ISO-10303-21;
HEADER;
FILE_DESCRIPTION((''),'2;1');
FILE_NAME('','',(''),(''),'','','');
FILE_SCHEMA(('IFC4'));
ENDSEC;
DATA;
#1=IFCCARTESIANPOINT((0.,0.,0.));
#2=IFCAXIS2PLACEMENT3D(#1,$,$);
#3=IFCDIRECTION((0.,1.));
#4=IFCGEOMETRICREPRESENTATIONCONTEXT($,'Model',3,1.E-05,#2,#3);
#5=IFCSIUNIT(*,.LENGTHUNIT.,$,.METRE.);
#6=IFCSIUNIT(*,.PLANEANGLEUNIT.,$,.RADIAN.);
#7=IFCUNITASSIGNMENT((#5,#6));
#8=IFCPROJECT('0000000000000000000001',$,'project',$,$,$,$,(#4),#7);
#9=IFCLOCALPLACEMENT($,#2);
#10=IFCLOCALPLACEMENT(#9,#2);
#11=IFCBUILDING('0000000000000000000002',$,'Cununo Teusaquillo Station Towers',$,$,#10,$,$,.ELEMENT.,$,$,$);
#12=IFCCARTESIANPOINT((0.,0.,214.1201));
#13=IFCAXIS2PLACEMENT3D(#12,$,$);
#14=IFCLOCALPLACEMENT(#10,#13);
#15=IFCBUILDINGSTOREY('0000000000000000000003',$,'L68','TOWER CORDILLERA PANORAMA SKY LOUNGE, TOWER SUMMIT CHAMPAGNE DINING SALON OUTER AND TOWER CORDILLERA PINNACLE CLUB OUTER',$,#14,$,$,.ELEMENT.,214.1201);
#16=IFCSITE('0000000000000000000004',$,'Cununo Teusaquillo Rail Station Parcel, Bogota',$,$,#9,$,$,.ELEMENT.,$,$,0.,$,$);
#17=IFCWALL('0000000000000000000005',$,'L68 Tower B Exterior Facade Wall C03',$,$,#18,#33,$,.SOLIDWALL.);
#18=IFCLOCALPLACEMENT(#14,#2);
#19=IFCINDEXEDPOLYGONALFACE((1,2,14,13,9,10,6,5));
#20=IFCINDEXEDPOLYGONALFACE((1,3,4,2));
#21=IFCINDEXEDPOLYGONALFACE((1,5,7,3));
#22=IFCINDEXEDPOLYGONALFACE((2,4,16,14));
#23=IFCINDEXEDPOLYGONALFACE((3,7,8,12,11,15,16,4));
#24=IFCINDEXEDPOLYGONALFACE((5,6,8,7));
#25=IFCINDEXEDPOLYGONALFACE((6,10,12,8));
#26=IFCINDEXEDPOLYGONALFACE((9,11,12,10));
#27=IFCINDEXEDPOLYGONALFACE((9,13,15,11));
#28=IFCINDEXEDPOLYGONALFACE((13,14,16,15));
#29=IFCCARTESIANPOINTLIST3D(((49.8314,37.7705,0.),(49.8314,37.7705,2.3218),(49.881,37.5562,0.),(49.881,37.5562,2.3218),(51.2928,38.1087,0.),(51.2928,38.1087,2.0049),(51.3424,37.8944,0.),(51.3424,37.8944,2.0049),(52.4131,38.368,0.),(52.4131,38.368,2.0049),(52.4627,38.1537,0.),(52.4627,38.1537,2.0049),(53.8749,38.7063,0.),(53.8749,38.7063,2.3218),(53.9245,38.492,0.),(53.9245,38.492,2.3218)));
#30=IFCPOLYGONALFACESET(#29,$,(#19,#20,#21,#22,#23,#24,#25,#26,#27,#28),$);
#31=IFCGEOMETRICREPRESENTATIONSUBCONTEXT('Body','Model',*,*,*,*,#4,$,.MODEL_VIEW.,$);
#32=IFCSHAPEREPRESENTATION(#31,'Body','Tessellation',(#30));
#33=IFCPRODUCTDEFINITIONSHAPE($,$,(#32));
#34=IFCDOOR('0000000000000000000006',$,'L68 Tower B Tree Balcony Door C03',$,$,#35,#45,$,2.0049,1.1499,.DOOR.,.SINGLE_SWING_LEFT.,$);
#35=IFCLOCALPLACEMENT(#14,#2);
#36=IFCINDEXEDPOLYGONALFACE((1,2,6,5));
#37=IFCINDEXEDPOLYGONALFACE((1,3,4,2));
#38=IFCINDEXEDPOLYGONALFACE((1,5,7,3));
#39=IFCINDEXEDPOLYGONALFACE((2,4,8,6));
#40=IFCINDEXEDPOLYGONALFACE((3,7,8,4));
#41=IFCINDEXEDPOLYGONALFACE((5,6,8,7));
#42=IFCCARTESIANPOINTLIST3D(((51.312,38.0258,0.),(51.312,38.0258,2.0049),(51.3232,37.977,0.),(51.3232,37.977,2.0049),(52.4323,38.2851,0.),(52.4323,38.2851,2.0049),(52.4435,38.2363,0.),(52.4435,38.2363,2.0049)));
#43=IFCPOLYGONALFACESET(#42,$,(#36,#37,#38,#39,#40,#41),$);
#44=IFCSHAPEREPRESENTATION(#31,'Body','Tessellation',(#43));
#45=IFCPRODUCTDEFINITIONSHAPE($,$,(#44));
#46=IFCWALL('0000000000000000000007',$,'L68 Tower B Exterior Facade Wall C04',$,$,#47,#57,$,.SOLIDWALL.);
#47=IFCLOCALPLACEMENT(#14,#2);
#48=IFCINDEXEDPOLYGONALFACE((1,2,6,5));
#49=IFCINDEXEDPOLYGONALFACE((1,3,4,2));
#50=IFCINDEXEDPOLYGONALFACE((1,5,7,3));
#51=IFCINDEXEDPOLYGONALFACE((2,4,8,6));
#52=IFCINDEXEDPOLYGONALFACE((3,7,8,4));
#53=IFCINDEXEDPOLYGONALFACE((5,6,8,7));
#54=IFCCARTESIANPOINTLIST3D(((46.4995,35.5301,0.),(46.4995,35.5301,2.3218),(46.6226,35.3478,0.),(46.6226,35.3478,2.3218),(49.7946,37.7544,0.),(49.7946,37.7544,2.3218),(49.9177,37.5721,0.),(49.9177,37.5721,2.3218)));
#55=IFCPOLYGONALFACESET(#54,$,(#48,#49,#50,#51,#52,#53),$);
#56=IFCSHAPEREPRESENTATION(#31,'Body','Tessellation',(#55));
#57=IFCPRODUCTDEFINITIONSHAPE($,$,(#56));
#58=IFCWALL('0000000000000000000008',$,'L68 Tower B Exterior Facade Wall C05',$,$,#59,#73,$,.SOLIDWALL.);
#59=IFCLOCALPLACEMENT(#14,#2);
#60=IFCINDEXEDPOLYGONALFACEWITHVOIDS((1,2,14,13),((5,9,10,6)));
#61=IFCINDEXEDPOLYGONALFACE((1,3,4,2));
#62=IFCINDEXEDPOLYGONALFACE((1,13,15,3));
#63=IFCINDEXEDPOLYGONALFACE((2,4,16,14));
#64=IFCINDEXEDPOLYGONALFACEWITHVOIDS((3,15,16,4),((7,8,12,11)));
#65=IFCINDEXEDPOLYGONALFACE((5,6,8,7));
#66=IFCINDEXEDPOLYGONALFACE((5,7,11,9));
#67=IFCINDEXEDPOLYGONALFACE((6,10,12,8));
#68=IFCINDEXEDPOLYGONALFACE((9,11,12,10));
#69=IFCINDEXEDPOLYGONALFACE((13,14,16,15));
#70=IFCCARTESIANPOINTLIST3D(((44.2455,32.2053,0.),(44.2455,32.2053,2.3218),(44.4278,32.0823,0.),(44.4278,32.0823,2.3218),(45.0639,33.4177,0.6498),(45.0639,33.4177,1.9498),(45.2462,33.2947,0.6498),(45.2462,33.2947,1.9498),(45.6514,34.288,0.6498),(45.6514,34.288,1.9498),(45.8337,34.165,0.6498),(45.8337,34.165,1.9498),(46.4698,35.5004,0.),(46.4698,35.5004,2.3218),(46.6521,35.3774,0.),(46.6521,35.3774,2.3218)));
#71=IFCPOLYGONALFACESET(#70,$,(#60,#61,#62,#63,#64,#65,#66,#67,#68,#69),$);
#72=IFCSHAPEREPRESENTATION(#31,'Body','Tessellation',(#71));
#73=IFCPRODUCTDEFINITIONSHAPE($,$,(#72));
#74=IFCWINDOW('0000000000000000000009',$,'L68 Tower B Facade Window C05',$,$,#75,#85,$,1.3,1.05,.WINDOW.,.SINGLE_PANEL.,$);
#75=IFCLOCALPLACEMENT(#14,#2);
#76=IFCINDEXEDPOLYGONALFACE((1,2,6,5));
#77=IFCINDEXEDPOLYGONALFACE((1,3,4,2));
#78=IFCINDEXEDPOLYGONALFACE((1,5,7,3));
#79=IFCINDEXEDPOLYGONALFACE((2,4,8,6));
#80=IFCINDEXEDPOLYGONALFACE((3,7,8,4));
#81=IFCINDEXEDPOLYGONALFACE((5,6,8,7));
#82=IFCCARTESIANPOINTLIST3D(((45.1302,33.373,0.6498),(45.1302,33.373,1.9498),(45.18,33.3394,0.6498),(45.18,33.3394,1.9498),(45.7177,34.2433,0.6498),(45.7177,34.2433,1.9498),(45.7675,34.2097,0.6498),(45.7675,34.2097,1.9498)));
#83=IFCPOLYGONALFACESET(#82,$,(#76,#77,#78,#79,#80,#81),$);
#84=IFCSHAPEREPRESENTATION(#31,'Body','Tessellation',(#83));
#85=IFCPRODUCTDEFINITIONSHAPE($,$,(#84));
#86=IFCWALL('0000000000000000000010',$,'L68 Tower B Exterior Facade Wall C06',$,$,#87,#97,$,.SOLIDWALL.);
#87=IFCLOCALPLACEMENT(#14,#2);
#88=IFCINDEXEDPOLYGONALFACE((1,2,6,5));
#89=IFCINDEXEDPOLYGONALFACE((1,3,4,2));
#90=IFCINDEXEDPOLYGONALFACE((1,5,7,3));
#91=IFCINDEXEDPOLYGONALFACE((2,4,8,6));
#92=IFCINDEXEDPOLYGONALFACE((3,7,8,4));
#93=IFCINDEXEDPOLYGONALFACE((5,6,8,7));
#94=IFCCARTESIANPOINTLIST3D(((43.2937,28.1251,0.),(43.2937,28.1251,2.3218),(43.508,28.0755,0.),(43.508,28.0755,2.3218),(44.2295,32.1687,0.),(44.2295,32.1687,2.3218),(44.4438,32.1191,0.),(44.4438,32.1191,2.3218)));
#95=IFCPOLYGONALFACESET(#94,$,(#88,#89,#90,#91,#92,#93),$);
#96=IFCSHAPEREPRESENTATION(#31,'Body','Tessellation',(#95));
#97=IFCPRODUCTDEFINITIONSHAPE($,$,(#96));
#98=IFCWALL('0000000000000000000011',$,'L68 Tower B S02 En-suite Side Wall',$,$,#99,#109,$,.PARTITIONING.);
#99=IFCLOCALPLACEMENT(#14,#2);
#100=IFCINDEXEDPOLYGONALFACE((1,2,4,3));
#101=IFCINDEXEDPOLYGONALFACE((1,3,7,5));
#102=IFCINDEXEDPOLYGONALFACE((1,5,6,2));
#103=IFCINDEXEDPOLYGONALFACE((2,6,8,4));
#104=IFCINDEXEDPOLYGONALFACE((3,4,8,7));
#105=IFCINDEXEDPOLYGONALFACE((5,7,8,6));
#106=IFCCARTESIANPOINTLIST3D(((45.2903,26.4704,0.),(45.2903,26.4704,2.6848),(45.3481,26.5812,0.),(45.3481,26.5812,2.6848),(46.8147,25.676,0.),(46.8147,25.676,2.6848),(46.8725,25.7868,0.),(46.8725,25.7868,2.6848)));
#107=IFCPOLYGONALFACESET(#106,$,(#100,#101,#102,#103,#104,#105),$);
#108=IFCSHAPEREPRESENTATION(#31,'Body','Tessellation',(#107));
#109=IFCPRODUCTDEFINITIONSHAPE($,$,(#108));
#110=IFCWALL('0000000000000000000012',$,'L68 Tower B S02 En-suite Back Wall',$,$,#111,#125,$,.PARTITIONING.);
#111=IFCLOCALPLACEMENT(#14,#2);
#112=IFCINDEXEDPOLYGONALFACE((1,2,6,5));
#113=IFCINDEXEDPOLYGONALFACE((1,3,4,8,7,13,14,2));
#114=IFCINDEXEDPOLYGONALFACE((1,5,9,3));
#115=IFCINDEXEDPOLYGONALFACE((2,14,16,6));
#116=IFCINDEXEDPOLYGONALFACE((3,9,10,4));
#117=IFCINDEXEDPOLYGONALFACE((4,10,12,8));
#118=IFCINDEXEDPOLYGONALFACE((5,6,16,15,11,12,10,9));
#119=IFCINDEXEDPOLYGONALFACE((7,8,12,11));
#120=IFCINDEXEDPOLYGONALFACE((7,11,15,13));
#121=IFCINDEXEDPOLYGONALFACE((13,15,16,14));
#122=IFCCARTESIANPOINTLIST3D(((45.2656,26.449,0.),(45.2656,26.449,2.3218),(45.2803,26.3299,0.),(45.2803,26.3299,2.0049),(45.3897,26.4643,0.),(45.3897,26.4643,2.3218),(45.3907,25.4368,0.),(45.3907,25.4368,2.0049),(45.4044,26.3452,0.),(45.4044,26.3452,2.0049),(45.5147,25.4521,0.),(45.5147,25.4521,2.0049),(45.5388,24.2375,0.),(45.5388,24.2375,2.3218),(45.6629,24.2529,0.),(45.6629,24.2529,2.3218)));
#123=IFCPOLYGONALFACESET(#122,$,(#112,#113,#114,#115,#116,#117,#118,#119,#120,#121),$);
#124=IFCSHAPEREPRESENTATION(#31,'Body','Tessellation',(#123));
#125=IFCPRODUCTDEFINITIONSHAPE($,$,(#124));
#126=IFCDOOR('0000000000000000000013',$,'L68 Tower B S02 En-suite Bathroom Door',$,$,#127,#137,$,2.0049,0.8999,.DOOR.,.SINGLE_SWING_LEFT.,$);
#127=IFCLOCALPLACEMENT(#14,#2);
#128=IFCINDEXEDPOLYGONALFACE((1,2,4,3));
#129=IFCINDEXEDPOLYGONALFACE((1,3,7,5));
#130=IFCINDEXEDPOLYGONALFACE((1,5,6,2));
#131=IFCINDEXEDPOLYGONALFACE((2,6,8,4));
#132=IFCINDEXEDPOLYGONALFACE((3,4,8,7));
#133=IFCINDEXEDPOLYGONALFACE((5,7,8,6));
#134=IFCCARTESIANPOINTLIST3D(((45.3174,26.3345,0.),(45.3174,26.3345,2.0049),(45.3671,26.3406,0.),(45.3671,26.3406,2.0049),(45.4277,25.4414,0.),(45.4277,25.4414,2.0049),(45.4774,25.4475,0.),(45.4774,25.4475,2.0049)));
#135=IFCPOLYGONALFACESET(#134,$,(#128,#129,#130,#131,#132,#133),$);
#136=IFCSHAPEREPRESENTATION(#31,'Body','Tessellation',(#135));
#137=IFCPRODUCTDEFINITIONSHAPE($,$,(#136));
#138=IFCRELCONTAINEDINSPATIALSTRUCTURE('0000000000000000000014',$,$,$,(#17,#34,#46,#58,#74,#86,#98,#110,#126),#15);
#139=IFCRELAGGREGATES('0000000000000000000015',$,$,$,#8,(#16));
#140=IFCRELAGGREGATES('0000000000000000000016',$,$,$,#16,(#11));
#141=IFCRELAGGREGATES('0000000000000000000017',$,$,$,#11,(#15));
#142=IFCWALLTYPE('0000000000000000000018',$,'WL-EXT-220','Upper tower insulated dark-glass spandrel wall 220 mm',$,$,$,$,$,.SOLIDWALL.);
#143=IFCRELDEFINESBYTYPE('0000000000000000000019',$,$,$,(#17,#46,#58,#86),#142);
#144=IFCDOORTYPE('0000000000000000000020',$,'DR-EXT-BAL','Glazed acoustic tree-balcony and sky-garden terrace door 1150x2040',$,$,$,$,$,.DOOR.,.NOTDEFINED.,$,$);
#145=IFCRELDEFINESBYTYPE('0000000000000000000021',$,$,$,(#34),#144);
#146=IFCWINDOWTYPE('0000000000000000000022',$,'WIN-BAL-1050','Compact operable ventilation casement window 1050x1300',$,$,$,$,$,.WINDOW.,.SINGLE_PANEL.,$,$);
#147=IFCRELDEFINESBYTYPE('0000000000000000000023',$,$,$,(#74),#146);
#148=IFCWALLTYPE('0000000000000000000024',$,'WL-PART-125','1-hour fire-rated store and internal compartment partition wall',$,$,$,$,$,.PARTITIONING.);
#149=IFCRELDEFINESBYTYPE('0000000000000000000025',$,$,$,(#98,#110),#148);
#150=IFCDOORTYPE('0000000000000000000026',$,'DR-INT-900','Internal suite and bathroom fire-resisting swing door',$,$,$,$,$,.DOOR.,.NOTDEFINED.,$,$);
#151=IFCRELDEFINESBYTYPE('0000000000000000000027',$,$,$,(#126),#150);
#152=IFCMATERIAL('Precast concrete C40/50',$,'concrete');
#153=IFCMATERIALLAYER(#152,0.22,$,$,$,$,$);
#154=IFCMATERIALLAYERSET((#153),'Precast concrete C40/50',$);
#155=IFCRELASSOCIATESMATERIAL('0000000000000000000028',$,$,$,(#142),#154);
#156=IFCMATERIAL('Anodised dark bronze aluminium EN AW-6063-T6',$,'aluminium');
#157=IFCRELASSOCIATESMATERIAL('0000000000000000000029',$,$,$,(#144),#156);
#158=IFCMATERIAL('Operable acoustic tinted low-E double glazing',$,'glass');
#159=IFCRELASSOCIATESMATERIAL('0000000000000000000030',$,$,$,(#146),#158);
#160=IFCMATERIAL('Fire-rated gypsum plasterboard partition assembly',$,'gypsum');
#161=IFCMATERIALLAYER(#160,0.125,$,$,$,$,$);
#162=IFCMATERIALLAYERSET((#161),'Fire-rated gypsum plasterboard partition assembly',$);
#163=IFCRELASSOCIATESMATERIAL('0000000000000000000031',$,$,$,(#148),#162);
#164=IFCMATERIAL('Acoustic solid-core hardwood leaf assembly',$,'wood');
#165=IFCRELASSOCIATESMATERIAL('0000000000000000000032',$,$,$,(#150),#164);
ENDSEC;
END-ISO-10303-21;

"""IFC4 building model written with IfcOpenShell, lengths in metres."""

from ifc_helpers import new_model, si_unit, direction, frame, frame_2d, origin, place, context, subcontext, project, spatial, rectangle, extrude, source, transform, mapped, material, layer, layer_set, type_object, element, fill, save


model = new_model("IFC4")

# Units and contexts
model_context = context("Model", 3, precision=1e-05, world=origin(), true_north=direction((0.0, 1.0)))
body_context = subcontext(model_context, "Body", "Model", "MODEL_VIEW")
ifc_project = project(units=[si_unit("LENGTHUNIT", "METRE"), si_unit("PLANEANGLEUNIT", "RADIAN")], contexts=[model_context])

# Site, building, storey
site_placement = place(None, origin())
site = spatial("IfcSite", under=ifc_project, at=site_placement, Name="Cununo Teusaquillo Rail Station Parcel, Bogota", CompositionType="ELEMENT", RefElevation=0.0)
building_placement = place(site_placement, origin())
building = spatial("IfcBuilding", under=site, at=building_placement, Name="Cununo Teusaquillo Station Towers", CompositionType="ELEMENT")
storey_placement = place(building_placement, frame((0.0, 0.0, 214.1201)))
storey = spatial("IfcBuildingStorey", under=building, at=storey_placement, Name="L68", Description="TOWER CORDILLERA PANORAMA SKY LOUNGE, TOWER SUMMIT CHAMPAGNE DINING SALON OUTER AND TOWER CORDILLERA PINNACLE CLUB OUTER", CompositionType="ELEMENT", Elevation=214.1201)

# Wall, opening, door
ifc_material_1 = material(Name="Precast concrete C40/50", Category="concrete")
ifc_layer_1 = layer(ifc_material_1, 0.22)
ifc_layer_set_1 = layer_set([ifc_layer_1], Name="Precast concrete C40/50")
wall_type_1 = type_object("IfcWallType", Name="WL-EXT-220", Description="Upper tower insulated dark-glass spandrel wall 220 mm", PredefinedType="SOLIDWALL", material=ifc_layer_set_1)
wall_1_placement = place(storey_placement, frame((49.8562, 37.6633, 0.0), z_axis=(0.0, 0.0, 1.0), x_axis=(0.974249, 0.225474, 0.0)))
wall_1 = element("IfcWall", 1, at=wall_1_placement, inside=storey, type_object=wall_type_1, Name="L68 Tower B Exterior Facade Wall C03", PredefinedType="SOLIDWALL", context=body_context, shape_type="SweptSolid", body=[
    extrude(rectangle(XDim=4.1504, YDim=0.22, at=frame_2d((2.0752, 0.0))), origin(), (0.0, 0.0, 1.0), 2.3218),
])
shared_shape_1 = source(origin(), body_context, "Body", "SweptSolid", [
    extrude(rectangle(XDim=1.1499, YDim=2.0049, at=frame_2d((0.575, 1.0024))), frame((0.0, 0.1199, 0.0), z_axis=(0.0, -1.0, 0.0), x_axis=(1.0, 0.0, 0.0)), (0.0, 0.0, 1.0), 0.24),
])
opening_1_placement = place(wall_1_placement, frame((1.5, 0.0, 0.0)))
opening_1 = element("IfcOpeningElement", 2, at=opening_1_placement, cuts=wall_1, PredefinedType="OPENING", context=body_context, shape_type="MappedRepresentation", body=[
    mapped(shared_shape_1, transform((0.0, 0.0, 0.0), x_axis=(1.0, 0.0, 0.0), y_axis=(0.0, 1.0, 0.0), z_axis=(0.0, 0.0, 1.0), scale=1.0)),
])
ifc_material_2 = material(Name="Anodised dark bronze aluminium EN AW-6063-T6", Category="aluminium")
door_type_1 = type_object("IfcDoorType", Name="DR-EXT-BAL", Description="Glazed acoustic tree-balcony and sky-garden terrace door 1150x2040", OperationType="NOTDEFINED", PredefinedType="DOOR", material=ifc_material_2)
shared_shape_2 = source(origin(), body_context, "Body", "SweptSolid", [
    extrude(rectangle(XDim=1.1499, YDim=2.0049, at=frame_2d((0.575, 1.0024))), frame((0.0, 0.0249, 0.0), z_axis=(0.0, -1.0, 0.0), x_axis=(1.0, 0.0, 0.0)), (0.0, 0.0, 1.0), 0.05),
])
door_1_placement = place(opening_1_placement, origin())
door_1 = element("IfcDoor", 3, at=door_1_placement, inside=storey, type_object=door_type_1, Name="L68 Tower B Tree Balcony Door C03", OperationType="SINGLE_SWING_LEFT", OverallHeight=2.0049, OverallWidth=1.1499, PredefinedType="DOOR", context=body_context, shape_type="MappedRepresentation", body=[
    mapped(shared_shape_2, transform((0.0, 0.0, 0.0), x_axis=(1.0, 0.0, 0.0), y_axis=(0.0, 1.0, 0.0), z_axis=(0.0, 0.0, 1.0), scale=1.0)),
])
fill(opening_1, door_1)

# Wall
wall_2_placement = place(storey_placement, frame((46.561, 35.439, 0.0), z_axis=(0.0, 0.0, 1.0), x_axis=(0.828834, 0.559495, 0.0)))
element("IfcWall", 4, at=wall_2_placement, inside=storey, type_object=wall_type_1, Name="L68 Tower B Exterior Facade Wall C04", PredefinedType="SOLIDWALL", context=body_context, shape_type="SweptSolid", body=[
    extrude(rectangle(XDim=3.9756, YDim=0.22, at=frame_2d((1.9878, 0.0))), origin(), (0.0, 0.0, 1.0), 2.3218),
])

# Wall, opening, window
wall_3_placement = place(storey_placement, frame((44.3367, 32.1438, 0.0), z_axis=(0.0, 0.0, 1.0), x_axis=(0.559495, 0.828834, 0.0)))
wall_3 = element("IfcWall", 5, at=wall_3_placement, inside=storey, type_object=wall_type_1, Name="L68 Tower B Exterior Facade Wall C05", PredefinedType="SOLIDWALL", context=body_context, shape_type="SweptSolid", body=[
    extrude(rectangle(XDim=3.9756, YDim=0.22, at=frame_2d((1.9878, 0.0))), origin(), (0.0, 0.0, 1.0), 2.3218),
])
shared_shape_3 = source(origin(), body_context, "Body", "SweptSolid", [
    extrude(rectangle(XDim=1.05, YDim=1.3, at=frame_2d((0.5249, 0.6499))), frame((0.0, 0.1199, 0.0), z_axis=(0.0, -1.0, 0.0), x_axis=(1.0, 0.0, 0.0)), (0.0, 0.0, 1.0), 0.24),
])
opening_2_placement = place(wall_3_placement, frame((1.4629, 0.0, 0.6499)))
opening_2 = element("IfcOpeningElement", 6, at=opening_2_placement, cuts=wall_3, PredefinedType="OPENING", context=body_context, shape_type="MappedRepresentation", body=[
    mapped(shared_shape_3, transform((0.0, 0.0, 0.0), x_axis=(1.0, 0.0, 0.0), y_axis=(0.0, 1.0, 0.0), z_axis=(0.0, 0.0, 1.0), scale=1.0)),
])
ifc_material_3 = material(Name="Operable acoustic tinted low-E double glazing", Category="glass")
window_type = type_object("IfcWindowType", Name="WIN-BAL-1050", Description="Compact operable ventilation casement window 1050x1300", PartitioningType="SINGLE_PANEL", PredefinedType="WINDOW", material=ifc_material_3)
shared_shape_4 = source(origin(), body_context, "Body", "SweptSolid", [
    extrude(rectangle(XDim=1.05, YDim=1.3, at=frame_2d((0.5249, 0.6499))), frame((0.0, 0.03, 0.0), z_axis=(0.0, -1.0, 0.0), x_axis=(1.0, 0.0, 0.0)), (0.0, 0.0, 1.0), 0.0601),
])
window_placement = place(opening_2_placement, origin())
window = element("IfcWindow", 7, at=window_placement, inside=storey, type_object=window_type, Name="L68 Tower B Facade Window C05", OverallHeight=1.3, OverallWidth=1.05, PartitioningType="SINGLE_PANEL", PredefinedType="WINDOW", context=body_context, shape_type="MappedRepresentation", body=[
    mapped(shared_shape_4, transform((0.0, 0.0, 0.0), x_axis=(1.0, 0.0, 0.0), y_axis=(0.0, 1.0, 0.0), z_axis=(0.0, 0.0, 1.0), scale=1.0)),
])
fill(opening_2, window)

# Walls
wall_4_placement = place(storey_placement, frame((43.4009, 28.1003, 0.0), z_axis=(0.0, 0.0, 1.0), x_axis=(0.225474, 0.974249, 0.0)))
element("IfcWall", 8, at=wall_4_placement, inside=storey, type_object=wall_type_1, Name="L68 Tower B Exterior Facade Wall C06", PredefinedType="SOLIDWALL", context=body_context, shape_type="SweptSolid", body=[
    extrude(rectangle(XDim=4.1504, YDim=0.22, at=frame_2d((2.0752, 0.0))), origin(), (0.0, 0.0, 1.0), 2.3218),
])
ifc_material_4 = material(Name="Fire-rated gypsum plasterboard partition assembly", Category="gypsum")
ifc_layer_2 = layer(ifc_material_4, 0.125)
ifc_layer_set_2 = layer_set([ifc_layer_2], Name="Fire-rated gypsum plasterboard partition assembly")
wall_type_2 = type_object("IfcWallType", Name="WL-PART-125", Description="1-hour fire-rated store and internal compartment partition wall", PredefinedType="PARTITIONING", material=ifc_layer_set_2)
wall_5_placement = place(storey_placement, frame((46.8435, 25.7314, 0.0), z_axis=(0.0, 0.0, 1.0), x_axis=(-0.886803, 0.462149, 0.0)))
element("IfcWall", 9, at=wall_5_placement, inside=storey, type_object=wall_type_2, Name="L68 Tower B S02 En-suite Side Wall", PredefinedType="PARTITIONING", context=body_context, shape_type="SweptSolid", body=[
    extrude(rectangle(XDim=1.719, YDim=0.125, at=frame_2d((0.8594, 0.0))), origin(), (0.0, 0.0, 1.0), 2.6848),
])

# Wall, opening, door
wall_6_placement = place(storey_placement, frame((45.3276, 26.4568, 0.0), z_axis=(0.0, 0.0, 1.0), x_axis=(0.122605, -0.992456, 0.0)))
wall_6 = element("IfcWall", 10, at=wall_6_placement, inside=storey, type_object=wall_type_2, Name="L68 Tower B S02 En-suite Back Wall", PredefinedType="PARTITIONING", context=body_context, shape_type="SweptSolid", body=[
    extrude(rectangle(XDim=2.2283, YDim=0.125, at=frame_2d((1.1143, 0.0))), origin(), (0.0, 0.0, 1.0), 2.3218),
])
shared_shape_5 = source(origin(), body_context, "Body", "SweptSolid", [
    extrude(rectangle(XDim=0.8999, YDim=2.0049, at=frame_2d((0.45, 1.0024))), frame((0.0, 0.0725, 0.0), z_axis=(0.0, -1.0, 0.0), x_axis=(1.0, 0.0, 0.0)), (0.0, 0.0, 1.0), 0.145),
])
opening_3_placement = place(wall_6_placement, frame((0.1201, 0.0, 0.0)))
opening_3 = element("IfcOpeningElement", 11, at=opening_3_placement, cuts=wall_6, PredefinedType="OPENING", context=body_context, shape_type="MappedRepresentation", body=[
    mapped(shared_shape_5, transform((0.0, 0.0, 0.0), x_axis=(1.0, 0.0, 0.0), y_axis=(0.0, 1.0, 0.0), z_axis=(0.0, 0.0, 1.0), scale=1.0)),
])
ifc_material_5 = material(Name="Acoustic solid-core hardwood leaf assembly", Category="wood")
door_type_2 = type_object("IfcDoorType", Name="DR-INT-900", Description="Internal suite and bathroom fire-resisting swing door", OperationType="NOTDEFINED", PredefinedType="DOOR", material=ifc_material_5)
shared_shape_6 = source(origin(), body_context, "Body", "SweptSolid", [
    extrude(rectangle(XDim=0.8999, YDim=2.0049, at=frame_2d((0.45, 1.0024))), frame((0.0, 0.0249, 0.0), z_axis=(0.0, -1.0, 0.0), x_axis=(1.0, 0.0, 0.0)), (0.0, 0.0, 1.0), 0.05),
])
door_2_placement = place(opening_3_placement, origin())
door_2 = element("IfcDoor", 12, at=door_2_placement, inside=storey, type_object=door_type_2, Name="L68 Tower B S02 En-suite Bathroom Door", OperationType="SINGLE_SWING_LEFT", OverallHeight=2.0049, OverallWidth=0.8999, PredefinedType="DOOR", context=body_context, shape_type="MappedRepresentation", body=[
    mapped(shared_shape_6, transform((0.0, 0.0, 0.0), x_axis=(1.0, 0.0, 0.0), y_axis=(0.0, 1.0, 0.0), z_axis=(0.0, 0.0, 1.0), scale=1.0)),
])
fill(opening_3, door_2)

save(model, "model.ifc")
